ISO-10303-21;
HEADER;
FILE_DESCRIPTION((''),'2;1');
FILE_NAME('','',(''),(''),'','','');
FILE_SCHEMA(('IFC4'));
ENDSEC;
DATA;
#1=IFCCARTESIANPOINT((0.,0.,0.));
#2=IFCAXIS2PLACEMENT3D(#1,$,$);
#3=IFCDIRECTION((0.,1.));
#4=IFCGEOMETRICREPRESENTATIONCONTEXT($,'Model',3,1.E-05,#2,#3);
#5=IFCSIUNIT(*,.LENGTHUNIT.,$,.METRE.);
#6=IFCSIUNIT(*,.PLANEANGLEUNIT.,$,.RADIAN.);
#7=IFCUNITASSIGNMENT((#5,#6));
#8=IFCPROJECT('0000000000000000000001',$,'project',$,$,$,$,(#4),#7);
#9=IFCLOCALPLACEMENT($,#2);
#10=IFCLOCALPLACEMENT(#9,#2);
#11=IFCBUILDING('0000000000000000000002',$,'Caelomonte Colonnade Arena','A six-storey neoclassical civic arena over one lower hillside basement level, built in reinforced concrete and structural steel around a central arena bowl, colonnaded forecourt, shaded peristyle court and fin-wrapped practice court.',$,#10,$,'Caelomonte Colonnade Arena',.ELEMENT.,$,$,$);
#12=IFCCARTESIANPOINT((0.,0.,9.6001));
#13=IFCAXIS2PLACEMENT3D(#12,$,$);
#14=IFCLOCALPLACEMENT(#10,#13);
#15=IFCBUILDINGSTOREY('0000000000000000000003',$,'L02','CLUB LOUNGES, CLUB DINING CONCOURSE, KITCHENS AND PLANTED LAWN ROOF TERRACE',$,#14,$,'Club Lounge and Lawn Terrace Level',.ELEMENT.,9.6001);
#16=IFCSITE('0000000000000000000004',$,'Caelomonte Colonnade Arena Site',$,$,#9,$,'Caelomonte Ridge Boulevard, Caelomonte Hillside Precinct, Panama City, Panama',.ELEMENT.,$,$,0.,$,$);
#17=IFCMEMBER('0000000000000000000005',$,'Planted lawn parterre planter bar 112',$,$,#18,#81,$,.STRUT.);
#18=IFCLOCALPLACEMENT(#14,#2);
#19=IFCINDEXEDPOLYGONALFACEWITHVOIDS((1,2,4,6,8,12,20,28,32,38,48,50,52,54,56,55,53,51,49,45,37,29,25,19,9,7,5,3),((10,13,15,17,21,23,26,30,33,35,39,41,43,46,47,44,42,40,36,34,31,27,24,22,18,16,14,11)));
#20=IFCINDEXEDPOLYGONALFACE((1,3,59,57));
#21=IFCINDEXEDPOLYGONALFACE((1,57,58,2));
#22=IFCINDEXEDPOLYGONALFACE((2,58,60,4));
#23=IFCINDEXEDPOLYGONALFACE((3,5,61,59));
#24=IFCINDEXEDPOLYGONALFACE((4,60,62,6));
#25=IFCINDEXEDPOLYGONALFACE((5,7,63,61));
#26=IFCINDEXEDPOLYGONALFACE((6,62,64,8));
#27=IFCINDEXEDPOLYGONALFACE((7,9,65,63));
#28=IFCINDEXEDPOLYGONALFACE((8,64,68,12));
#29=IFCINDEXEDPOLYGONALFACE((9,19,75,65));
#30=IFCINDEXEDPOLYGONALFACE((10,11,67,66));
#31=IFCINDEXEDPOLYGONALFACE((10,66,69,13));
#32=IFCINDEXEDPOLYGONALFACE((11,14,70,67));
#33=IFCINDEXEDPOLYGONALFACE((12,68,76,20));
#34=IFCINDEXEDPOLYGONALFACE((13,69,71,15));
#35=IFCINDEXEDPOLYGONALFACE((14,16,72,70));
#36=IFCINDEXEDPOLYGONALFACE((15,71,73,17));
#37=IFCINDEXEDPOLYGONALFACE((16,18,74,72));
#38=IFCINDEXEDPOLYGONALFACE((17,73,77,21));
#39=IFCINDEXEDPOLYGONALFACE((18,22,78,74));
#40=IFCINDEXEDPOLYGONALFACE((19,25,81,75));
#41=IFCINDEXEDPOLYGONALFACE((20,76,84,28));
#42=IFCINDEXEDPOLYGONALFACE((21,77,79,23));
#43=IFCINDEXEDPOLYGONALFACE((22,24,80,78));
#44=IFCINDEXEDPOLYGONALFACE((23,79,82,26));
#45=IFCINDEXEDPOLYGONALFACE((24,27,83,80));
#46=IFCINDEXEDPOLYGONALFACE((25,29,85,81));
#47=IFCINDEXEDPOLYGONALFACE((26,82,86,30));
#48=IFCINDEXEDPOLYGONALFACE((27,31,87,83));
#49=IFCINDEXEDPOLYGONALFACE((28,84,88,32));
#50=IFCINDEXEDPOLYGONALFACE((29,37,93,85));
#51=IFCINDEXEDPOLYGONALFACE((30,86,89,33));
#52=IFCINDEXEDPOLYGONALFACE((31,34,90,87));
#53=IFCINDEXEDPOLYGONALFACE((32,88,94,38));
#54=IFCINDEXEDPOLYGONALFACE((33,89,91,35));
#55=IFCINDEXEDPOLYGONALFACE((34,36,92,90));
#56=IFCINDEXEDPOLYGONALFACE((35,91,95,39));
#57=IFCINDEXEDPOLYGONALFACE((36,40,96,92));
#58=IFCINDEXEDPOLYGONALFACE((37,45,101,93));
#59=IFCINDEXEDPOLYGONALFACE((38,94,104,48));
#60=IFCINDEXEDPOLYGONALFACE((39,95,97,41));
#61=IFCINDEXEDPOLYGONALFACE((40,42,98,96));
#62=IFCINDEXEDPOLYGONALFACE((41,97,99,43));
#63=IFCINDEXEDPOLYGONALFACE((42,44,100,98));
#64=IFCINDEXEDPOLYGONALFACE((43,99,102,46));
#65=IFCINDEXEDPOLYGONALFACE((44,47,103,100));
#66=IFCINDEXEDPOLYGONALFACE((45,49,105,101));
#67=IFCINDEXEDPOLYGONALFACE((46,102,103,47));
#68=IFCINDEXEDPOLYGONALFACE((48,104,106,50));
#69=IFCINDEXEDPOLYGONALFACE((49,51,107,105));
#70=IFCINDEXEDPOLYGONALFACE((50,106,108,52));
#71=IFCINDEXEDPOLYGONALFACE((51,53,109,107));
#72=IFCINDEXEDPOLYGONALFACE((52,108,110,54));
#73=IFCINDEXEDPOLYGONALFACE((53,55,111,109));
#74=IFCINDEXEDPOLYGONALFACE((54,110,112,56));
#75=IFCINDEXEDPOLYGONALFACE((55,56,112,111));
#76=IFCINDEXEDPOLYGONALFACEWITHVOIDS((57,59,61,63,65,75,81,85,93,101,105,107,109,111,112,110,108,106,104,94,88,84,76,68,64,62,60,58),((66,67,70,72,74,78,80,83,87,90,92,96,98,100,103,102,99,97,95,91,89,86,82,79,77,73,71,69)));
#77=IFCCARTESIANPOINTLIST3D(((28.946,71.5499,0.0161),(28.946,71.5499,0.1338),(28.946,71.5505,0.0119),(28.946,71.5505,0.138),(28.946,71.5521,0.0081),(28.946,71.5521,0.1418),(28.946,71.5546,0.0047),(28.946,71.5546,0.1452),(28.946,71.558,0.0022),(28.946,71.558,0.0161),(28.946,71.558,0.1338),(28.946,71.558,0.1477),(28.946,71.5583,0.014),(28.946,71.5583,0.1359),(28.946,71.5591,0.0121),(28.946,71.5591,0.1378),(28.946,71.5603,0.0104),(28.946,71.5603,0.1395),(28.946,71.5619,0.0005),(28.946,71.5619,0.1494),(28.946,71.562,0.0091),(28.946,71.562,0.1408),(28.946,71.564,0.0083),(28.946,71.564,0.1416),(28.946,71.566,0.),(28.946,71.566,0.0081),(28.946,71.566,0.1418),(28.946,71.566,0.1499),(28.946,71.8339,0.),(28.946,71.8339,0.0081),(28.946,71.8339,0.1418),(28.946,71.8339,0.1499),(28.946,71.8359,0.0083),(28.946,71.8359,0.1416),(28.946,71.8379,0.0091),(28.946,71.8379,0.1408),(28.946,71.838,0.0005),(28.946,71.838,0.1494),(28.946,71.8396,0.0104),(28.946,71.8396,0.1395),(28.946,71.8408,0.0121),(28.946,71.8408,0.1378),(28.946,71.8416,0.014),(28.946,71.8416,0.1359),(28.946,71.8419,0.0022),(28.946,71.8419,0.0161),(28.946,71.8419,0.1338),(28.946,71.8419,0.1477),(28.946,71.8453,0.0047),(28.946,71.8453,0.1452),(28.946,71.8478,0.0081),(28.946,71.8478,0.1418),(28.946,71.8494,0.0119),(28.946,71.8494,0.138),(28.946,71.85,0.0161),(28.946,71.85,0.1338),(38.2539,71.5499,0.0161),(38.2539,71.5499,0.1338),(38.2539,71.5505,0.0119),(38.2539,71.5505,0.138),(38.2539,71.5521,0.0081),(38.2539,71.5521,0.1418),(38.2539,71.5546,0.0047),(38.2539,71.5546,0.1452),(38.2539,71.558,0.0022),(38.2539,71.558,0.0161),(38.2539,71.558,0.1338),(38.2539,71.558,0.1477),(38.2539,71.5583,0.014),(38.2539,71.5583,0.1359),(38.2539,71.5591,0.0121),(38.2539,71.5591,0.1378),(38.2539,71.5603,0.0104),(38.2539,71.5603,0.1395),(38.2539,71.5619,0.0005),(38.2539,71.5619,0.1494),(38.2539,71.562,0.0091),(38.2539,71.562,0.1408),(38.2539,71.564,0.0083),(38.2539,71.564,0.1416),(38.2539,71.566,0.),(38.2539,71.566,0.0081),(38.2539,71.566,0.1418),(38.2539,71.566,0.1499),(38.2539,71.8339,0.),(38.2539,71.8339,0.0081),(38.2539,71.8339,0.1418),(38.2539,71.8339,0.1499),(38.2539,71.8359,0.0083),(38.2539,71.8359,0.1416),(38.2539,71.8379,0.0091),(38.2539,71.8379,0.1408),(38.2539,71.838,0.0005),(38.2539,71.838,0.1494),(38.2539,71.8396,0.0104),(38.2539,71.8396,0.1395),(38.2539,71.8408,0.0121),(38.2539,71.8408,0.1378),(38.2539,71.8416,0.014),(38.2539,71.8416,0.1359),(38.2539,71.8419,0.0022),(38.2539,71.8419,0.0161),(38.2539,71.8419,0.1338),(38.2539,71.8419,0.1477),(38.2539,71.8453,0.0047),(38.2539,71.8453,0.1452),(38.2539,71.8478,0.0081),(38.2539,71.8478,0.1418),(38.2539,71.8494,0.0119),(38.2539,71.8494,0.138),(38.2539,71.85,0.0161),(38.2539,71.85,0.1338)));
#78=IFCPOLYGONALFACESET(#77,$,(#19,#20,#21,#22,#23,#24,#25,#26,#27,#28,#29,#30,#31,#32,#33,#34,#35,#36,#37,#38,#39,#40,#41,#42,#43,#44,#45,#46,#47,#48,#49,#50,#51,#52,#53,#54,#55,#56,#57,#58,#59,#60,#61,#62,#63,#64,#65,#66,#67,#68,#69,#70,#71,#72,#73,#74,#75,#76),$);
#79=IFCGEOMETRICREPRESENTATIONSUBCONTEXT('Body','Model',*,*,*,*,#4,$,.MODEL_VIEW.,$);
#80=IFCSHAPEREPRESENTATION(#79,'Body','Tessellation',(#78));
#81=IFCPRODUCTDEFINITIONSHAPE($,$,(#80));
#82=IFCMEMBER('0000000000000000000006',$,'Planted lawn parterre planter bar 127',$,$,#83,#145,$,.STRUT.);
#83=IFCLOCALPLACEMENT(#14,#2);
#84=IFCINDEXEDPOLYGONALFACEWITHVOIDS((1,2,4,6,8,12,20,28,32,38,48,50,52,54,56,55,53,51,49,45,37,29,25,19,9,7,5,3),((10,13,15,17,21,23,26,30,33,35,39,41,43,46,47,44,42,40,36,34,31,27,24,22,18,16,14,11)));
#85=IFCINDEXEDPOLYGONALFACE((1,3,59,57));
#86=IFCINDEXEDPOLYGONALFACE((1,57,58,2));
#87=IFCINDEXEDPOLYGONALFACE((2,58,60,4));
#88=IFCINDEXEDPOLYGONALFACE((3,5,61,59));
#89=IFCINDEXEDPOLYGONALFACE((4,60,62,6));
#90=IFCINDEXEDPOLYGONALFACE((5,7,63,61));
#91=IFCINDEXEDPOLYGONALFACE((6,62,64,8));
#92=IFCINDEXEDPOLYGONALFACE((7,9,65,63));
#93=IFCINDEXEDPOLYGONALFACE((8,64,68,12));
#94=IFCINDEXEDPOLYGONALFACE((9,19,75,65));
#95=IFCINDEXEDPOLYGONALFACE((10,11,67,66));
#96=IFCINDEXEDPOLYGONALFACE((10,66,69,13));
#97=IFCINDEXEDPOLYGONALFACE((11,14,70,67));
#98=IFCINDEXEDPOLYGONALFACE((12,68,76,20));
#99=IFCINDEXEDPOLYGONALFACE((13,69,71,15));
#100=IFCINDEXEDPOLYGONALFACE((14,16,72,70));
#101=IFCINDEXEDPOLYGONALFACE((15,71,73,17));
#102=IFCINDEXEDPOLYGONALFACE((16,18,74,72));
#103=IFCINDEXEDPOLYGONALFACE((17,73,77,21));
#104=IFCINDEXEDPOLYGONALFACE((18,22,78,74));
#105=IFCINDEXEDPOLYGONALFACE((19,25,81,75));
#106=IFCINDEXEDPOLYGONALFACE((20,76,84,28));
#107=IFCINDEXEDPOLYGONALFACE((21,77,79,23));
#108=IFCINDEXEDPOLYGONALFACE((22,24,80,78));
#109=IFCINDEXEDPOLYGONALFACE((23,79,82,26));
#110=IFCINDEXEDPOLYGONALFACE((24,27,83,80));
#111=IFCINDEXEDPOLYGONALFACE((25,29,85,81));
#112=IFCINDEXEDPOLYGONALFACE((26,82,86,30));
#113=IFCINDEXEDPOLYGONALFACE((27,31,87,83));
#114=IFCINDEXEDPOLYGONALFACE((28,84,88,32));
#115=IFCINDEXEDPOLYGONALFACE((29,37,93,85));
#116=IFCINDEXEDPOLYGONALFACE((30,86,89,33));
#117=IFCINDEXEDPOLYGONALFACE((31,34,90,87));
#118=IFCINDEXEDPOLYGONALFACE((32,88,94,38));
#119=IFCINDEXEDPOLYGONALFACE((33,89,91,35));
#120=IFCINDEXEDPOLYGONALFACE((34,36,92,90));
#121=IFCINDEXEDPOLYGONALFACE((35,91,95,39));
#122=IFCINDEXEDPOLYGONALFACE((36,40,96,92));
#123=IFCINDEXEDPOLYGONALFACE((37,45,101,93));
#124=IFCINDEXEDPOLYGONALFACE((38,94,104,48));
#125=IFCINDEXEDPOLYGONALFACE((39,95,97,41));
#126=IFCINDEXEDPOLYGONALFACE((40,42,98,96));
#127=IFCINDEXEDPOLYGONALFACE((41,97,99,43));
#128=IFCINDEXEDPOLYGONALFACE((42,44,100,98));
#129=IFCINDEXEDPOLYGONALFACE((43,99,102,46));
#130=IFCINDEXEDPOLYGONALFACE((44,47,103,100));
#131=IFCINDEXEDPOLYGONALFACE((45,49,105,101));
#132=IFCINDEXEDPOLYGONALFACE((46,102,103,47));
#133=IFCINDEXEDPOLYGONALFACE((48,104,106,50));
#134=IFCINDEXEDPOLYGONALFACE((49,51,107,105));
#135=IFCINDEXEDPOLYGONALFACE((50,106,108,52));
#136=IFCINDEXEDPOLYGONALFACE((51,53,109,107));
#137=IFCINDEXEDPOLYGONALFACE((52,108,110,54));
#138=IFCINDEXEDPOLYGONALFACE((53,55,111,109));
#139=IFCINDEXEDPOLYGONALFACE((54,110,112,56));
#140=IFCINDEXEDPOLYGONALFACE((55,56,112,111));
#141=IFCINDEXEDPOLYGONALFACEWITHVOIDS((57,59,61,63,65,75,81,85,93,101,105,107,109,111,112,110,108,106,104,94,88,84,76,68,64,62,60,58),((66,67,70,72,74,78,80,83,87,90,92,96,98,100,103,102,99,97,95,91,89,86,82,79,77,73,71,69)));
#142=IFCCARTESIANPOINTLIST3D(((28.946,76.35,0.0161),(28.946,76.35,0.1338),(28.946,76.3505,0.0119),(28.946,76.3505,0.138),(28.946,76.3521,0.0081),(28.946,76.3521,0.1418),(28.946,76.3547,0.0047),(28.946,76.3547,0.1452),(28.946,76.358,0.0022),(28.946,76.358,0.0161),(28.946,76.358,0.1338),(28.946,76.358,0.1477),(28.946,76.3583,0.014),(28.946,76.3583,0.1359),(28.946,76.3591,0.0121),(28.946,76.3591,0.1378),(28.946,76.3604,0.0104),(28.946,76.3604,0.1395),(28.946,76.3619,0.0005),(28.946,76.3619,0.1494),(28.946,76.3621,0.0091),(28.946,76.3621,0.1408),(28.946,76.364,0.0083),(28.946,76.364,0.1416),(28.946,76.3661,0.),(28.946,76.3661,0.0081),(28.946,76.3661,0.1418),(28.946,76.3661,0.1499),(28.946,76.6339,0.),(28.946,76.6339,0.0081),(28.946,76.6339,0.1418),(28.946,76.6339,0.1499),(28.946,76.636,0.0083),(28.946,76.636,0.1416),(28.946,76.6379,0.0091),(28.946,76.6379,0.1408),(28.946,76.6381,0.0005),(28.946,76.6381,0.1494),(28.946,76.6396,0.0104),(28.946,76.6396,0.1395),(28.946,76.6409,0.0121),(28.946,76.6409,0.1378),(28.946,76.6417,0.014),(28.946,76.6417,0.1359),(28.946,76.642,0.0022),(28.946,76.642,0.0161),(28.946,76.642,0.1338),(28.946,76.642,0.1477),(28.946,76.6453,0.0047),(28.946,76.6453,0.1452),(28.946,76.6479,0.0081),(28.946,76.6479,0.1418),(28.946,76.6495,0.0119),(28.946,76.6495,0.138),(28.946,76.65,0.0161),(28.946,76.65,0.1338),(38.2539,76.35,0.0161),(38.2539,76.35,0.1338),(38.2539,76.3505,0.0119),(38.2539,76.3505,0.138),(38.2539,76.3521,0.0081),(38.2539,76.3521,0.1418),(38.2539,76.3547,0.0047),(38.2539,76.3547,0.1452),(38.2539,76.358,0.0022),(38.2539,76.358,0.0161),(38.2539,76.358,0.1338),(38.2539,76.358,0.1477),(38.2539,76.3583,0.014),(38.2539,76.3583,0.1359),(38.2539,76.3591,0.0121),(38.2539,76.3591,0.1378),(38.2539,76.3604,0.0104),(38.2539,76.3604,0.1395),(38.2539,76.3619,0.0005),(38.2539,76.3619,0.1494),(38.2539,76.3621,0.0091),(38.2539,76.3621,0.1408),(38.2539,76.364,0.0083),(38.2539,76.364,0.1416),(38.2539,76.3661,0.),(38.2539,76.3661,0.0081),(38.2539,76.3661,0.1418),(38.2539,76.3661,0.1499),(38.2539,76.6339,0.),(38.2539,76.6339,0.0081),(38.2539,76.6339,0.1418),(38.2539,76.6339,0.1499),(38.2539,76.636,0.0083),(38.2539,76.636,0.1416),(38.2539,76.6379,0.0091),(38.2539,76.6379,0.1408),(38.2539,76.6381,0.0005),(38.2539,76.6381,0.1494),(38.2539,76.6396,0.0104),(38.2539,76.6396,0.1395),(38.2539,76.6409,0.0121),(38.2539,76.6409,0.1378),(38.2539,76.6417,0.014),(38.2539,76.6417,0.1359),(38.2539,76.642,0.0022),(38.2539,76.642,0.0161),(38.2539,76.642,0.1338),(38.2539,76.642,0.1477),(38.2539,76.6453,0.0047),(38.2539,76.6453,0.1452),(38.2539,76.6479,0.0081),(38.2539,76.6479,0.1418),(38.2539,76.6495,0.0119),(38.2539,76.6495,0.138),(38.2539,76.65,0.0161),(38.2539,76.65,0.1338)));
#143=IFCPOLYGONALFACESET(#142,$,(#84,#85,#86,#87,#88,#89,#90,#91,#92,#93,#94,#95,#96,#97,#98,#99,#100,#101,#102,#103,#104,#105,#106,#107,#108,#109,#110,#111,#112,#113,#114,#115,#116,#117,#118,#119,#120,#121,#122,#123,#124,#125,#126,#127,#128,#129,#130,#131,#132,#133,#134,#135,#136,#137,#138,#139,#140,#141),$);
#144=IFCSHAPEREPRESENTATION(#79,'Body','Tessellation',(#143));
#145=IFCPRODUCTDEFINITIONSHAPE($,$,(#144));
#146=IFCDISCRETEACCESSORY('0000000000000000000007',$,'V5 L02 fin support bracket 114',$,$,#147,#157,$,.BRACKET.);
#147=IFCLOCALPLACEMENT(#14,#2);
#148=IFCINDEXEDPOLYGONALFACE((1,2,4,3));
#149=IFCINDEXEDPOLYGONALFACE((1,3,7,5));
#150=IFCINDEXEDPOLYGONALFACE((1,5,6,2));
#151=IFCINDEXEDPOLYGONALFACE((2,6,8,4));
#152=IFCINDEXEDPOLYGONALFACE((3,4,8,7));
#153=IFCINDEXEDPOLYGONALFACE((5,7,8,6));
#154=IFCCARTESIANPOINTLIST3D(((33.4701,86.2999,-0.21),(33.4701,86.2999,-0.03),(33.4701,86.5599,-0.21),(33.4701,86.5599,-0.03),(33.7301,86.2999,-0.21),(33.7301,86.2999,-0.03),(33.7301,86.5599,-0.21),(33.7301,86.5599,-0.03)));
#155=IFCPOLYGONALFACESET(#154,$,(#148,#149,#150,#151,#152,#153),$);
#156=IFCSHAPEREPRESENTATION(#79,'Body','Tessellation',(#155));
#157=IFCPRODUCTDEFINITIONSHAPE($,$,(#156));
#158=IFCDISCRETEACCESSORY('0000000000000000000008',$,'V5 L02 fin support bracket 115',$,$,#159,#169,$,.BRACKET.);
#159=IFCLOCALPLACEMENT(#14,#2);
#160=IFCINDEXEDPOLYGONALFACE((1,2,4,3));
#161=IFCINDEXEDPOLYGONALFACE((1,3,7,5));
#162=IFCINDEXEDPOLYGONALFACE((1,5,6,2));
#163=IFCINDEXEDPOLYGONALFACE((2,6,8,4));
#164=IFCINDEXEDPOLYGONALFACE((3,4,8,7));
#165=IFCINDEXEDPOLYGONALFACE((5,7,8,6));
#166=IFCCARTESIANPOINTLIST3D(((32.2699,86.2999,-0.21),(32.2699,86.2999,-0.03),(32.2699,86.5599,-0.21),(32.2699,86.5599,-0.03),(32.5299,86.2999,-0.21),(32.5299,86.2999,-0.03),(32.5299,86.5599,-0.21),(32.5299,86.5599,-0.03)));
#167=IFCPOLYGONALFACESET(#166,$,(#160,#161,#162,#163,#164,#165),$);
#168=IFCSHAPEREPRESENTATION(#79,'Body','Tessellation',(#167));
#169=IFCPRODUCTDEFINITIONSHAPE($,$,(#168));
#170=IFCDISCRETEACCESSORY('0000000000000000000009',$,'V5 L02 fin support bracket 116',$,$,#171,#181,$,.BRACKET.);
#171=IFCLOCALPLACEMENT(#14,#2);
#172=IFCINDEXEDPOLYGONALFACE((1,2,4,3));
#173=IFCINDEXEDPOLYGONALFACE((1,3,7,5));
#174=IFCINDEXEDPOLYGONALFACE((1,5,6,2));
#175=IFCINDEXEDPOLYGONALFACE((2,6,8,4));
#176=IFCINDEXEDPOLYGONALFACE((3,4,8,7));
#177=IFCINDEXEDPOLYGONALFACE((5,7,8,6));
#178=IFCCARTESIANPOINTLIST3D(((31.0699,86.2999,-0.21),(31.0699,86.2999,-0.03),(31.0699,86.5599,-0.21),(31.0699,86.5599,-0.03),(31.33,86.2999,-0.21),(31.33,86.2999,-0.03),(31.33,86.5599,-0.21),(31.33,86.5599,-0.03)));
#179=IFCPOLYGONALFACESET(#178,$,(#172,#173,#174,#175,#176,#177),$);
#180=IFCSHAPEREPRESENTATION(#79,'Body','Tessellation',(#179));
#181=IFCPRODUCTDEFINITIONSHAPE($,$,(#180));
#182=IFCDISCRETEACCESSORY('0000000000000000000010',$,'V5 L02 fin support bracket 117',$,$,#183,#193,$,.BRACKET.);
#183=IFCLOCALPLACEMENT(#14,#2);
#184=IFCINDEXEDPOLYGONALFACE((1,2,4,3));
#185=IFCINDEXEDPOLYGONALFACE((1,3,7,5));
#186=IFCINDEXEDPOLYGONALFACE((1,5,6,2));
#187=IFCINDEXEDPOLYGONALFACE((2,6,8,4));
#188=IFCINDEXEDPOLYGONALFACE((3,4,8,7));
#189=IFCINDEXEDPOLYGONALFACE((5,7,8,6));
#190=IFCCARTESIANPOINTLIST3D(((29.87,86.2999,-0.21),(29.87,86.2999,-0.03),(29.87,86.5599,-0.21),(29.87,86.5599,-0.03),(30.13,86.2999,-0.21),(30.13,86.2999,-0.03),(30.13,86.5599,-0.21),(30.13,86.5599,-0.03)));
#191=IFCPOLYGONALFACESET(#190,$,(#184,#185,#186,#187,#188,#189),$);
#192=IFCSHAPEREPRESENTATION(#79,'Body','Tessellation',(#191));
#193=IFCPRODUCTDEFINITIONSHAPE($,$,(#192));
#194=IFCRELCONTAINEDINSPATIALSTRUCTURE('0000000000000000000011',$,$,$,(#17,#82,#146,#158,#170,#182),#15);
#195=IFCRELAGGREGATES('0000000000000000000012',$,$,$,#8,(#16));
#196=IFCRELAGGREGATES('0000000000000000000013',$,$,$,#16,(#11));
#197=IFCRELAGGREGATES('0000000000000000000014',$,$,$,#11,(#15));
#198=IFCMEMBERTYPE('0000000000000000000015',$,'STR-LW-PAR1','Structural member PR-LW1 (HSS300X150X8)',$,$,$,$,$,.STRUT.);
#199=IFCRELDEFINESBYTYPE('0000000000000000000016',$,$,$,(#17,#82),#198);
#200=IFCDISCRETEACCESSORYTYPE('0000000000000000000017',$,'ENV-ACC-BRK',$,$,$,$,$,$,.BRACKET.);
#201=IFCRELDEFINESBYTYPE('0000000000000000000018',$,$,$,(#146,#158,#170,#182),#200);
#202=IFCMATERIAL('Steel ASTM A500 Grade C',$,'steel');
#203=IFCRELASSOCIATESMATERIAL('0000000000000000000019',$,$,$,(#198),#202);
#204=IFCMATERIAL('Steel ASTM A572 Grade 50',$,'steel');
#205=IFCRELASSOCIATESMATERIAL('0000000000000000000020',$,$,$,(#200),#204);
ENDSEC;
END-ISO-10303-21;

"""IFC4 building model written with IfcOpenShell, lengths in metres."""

from ifc_helpers import new_model, si_unit, direction, frame, origin, origin_2d, place, context, subcontext, project, spatial, rectangle, hollow_rectangle, extrude, material, material_profile, profile_set, type_object, element, save


model = new_model("IFC4")

# Units and contexts
model_context = context("Model", 3, precision=1e-05, world=origin(), true_north=direction((0.0, 1.0)))
body_context = subcontext(model_context, "Body", "Model", "MODEL_VIEW")
ifc_project = project(units=[si_unit("LENGTHUNIT", "METRE"), si_unit("PLANEANGLEUNIT", "RADIAN")], contexts=[model_context])

# Site, building, storey
site_placement = place(None, origin())
site = spatial("IfcSite", under=ifc_project, at=site_placement, Name="Caelomonte Colonnade Arena Site", LongName="Caelomonte Ridge Boulevard, Caelomonte Hillside Precinct, Panama City, Panama", CompositionType="ELEMENT", RefElevation=0.0)
building_placement = place(site_placement, origin())
building = spatial("IfcBuilding", under=site, at=building_placement, Name="Caelomonte Colonnade Arena", Description="A six-storey neoclassical civic arena over one lower hillside basement level, built in reinforced concrete and structural steel around a central arena bowl, colonnaded forecourt, shaded peristyle court and fin-wrapped practice court.", LongName="Caelomonte Colonnade Arena", CompositionType="ELEMENT")
storey_placement = place(building_placement, frame((0.0, 0.0, 9.6001)))
storey = spatial("IfcBuildingStorey", under=building, at=storey_placement, Name="L02", Description="CLUB LOUNGES, CLUB DINING CONCOURSE, KITCHENS AND PLANTED LAWN ROOF TERRACE", LongName="Club Lounge and Lawn Terrace Level", CompositionType="ELEMENT", Elevation=9.6001)

# Members
ifc_material_1 = material(Name="Steel ASTM A500 Grade C", Category="steel")
ifc_material_profile_1 = material_profile(ifc_material_1, hollow_rectangle(XDim=0.3, YDim=0.1499, WallThickness=0.0081, InnerFilletRadius=0.0081, OuterFilletRadius=0.0161, at=origin_2d()), Name="HSS300X150X8")
ifc_profile_set_1 = profile_set([ifc_material_profile_1], Name="Steel ASTM A500 Grade C")
member_type = type_object("IfcMemberType", Name="STR-LW-PAR1", Description="Structural member PR-LW1 (HSS300X150X8)", PredefinedType="STRUT", material=ifc_profile_set_1)
for number, where, z_axis, x_axis, name in (
    (1, (28.946, 71.7, 0.075), (1.0, 0.0, 0.0), (0.0, 1.0, 0.0), "Planted lawn parterre planter bar 112"),
    (2, (28.946, 76.5, 0.075), (1.0, 0.0, 0.0), (0.0, 1.0, 0.0), "Planted lawn parterre planter bar 127"),
):
    element("IfcMember", number, at=place(storey_placement, frame(where, z_axis=z_axis, x_axis=x_axis)), inside=storey, type_object=member_type, Name=name, PredefinedType="STRUT", context=body_context, shape_type="SweptSolid", body=[
        extrude(hollow_rectangle(XDim=0.3, YDim=0.1499, WallThickness=0.0081, InnerFilletRadius=0.0081, OuterFilletRadius=0.0161, at=origin_2d()), origin(), (0.0, 0.0, 1.0), 9.3079),
    ])

# Discrete accessories
ifc_material_2 = material(Name="Steel ASTM A572 Grade 50", Category="steel")
discrete_accessory_type = type_object("IfcDiscreteAccessoryType", Name="ENV-ACC-BRK", PredefinedType="BRACKET", material=ifc_material_2)
for number, where, z_axis, x_axis, name in (
    (3, (33.6001, 86.4299, -0.21), (0.0, 0.0, 1.0), (-1.0, 0.0, 0.0), "V5 L02 fin support bracket 114"),
    (4, (32.3999, 86.4299, -0.21), (0.0, 0.0, 1.0), (-1.0, 0.0, 0.0), "V5 L02 fin support bracket 115"),
    (5, (31.2, 86.4299, -0.21), (0.0, 0.0, 1.0), (-1.0, 0.0, 0.0), "V5 L02 fin support bracket 116"),
    (6, (30.0, 86.4299, -0.21), (0.0, 0.0, 1.0), (-1.0, 0.0, 0.0), "V5 L02 fin support bracket 117"),
):
    element("IfcDiscreteAccessory", number, at=place(storey_placement, frame(where, z_axis=z_axis, x_axis=x_axis)), inside=storey, type_object=discrete_accessory_type, Name=name, PredefinedType="BRACKET", context=body_context, shape_type="SweptSolid", body=[
        extrude(rectangle(XDim=0.26, YDim=0.26, at=origin_2d()), origin(), (0.0, 0.0, 1.0), 0.1799),
    ])

save(model, "model.ifc")
